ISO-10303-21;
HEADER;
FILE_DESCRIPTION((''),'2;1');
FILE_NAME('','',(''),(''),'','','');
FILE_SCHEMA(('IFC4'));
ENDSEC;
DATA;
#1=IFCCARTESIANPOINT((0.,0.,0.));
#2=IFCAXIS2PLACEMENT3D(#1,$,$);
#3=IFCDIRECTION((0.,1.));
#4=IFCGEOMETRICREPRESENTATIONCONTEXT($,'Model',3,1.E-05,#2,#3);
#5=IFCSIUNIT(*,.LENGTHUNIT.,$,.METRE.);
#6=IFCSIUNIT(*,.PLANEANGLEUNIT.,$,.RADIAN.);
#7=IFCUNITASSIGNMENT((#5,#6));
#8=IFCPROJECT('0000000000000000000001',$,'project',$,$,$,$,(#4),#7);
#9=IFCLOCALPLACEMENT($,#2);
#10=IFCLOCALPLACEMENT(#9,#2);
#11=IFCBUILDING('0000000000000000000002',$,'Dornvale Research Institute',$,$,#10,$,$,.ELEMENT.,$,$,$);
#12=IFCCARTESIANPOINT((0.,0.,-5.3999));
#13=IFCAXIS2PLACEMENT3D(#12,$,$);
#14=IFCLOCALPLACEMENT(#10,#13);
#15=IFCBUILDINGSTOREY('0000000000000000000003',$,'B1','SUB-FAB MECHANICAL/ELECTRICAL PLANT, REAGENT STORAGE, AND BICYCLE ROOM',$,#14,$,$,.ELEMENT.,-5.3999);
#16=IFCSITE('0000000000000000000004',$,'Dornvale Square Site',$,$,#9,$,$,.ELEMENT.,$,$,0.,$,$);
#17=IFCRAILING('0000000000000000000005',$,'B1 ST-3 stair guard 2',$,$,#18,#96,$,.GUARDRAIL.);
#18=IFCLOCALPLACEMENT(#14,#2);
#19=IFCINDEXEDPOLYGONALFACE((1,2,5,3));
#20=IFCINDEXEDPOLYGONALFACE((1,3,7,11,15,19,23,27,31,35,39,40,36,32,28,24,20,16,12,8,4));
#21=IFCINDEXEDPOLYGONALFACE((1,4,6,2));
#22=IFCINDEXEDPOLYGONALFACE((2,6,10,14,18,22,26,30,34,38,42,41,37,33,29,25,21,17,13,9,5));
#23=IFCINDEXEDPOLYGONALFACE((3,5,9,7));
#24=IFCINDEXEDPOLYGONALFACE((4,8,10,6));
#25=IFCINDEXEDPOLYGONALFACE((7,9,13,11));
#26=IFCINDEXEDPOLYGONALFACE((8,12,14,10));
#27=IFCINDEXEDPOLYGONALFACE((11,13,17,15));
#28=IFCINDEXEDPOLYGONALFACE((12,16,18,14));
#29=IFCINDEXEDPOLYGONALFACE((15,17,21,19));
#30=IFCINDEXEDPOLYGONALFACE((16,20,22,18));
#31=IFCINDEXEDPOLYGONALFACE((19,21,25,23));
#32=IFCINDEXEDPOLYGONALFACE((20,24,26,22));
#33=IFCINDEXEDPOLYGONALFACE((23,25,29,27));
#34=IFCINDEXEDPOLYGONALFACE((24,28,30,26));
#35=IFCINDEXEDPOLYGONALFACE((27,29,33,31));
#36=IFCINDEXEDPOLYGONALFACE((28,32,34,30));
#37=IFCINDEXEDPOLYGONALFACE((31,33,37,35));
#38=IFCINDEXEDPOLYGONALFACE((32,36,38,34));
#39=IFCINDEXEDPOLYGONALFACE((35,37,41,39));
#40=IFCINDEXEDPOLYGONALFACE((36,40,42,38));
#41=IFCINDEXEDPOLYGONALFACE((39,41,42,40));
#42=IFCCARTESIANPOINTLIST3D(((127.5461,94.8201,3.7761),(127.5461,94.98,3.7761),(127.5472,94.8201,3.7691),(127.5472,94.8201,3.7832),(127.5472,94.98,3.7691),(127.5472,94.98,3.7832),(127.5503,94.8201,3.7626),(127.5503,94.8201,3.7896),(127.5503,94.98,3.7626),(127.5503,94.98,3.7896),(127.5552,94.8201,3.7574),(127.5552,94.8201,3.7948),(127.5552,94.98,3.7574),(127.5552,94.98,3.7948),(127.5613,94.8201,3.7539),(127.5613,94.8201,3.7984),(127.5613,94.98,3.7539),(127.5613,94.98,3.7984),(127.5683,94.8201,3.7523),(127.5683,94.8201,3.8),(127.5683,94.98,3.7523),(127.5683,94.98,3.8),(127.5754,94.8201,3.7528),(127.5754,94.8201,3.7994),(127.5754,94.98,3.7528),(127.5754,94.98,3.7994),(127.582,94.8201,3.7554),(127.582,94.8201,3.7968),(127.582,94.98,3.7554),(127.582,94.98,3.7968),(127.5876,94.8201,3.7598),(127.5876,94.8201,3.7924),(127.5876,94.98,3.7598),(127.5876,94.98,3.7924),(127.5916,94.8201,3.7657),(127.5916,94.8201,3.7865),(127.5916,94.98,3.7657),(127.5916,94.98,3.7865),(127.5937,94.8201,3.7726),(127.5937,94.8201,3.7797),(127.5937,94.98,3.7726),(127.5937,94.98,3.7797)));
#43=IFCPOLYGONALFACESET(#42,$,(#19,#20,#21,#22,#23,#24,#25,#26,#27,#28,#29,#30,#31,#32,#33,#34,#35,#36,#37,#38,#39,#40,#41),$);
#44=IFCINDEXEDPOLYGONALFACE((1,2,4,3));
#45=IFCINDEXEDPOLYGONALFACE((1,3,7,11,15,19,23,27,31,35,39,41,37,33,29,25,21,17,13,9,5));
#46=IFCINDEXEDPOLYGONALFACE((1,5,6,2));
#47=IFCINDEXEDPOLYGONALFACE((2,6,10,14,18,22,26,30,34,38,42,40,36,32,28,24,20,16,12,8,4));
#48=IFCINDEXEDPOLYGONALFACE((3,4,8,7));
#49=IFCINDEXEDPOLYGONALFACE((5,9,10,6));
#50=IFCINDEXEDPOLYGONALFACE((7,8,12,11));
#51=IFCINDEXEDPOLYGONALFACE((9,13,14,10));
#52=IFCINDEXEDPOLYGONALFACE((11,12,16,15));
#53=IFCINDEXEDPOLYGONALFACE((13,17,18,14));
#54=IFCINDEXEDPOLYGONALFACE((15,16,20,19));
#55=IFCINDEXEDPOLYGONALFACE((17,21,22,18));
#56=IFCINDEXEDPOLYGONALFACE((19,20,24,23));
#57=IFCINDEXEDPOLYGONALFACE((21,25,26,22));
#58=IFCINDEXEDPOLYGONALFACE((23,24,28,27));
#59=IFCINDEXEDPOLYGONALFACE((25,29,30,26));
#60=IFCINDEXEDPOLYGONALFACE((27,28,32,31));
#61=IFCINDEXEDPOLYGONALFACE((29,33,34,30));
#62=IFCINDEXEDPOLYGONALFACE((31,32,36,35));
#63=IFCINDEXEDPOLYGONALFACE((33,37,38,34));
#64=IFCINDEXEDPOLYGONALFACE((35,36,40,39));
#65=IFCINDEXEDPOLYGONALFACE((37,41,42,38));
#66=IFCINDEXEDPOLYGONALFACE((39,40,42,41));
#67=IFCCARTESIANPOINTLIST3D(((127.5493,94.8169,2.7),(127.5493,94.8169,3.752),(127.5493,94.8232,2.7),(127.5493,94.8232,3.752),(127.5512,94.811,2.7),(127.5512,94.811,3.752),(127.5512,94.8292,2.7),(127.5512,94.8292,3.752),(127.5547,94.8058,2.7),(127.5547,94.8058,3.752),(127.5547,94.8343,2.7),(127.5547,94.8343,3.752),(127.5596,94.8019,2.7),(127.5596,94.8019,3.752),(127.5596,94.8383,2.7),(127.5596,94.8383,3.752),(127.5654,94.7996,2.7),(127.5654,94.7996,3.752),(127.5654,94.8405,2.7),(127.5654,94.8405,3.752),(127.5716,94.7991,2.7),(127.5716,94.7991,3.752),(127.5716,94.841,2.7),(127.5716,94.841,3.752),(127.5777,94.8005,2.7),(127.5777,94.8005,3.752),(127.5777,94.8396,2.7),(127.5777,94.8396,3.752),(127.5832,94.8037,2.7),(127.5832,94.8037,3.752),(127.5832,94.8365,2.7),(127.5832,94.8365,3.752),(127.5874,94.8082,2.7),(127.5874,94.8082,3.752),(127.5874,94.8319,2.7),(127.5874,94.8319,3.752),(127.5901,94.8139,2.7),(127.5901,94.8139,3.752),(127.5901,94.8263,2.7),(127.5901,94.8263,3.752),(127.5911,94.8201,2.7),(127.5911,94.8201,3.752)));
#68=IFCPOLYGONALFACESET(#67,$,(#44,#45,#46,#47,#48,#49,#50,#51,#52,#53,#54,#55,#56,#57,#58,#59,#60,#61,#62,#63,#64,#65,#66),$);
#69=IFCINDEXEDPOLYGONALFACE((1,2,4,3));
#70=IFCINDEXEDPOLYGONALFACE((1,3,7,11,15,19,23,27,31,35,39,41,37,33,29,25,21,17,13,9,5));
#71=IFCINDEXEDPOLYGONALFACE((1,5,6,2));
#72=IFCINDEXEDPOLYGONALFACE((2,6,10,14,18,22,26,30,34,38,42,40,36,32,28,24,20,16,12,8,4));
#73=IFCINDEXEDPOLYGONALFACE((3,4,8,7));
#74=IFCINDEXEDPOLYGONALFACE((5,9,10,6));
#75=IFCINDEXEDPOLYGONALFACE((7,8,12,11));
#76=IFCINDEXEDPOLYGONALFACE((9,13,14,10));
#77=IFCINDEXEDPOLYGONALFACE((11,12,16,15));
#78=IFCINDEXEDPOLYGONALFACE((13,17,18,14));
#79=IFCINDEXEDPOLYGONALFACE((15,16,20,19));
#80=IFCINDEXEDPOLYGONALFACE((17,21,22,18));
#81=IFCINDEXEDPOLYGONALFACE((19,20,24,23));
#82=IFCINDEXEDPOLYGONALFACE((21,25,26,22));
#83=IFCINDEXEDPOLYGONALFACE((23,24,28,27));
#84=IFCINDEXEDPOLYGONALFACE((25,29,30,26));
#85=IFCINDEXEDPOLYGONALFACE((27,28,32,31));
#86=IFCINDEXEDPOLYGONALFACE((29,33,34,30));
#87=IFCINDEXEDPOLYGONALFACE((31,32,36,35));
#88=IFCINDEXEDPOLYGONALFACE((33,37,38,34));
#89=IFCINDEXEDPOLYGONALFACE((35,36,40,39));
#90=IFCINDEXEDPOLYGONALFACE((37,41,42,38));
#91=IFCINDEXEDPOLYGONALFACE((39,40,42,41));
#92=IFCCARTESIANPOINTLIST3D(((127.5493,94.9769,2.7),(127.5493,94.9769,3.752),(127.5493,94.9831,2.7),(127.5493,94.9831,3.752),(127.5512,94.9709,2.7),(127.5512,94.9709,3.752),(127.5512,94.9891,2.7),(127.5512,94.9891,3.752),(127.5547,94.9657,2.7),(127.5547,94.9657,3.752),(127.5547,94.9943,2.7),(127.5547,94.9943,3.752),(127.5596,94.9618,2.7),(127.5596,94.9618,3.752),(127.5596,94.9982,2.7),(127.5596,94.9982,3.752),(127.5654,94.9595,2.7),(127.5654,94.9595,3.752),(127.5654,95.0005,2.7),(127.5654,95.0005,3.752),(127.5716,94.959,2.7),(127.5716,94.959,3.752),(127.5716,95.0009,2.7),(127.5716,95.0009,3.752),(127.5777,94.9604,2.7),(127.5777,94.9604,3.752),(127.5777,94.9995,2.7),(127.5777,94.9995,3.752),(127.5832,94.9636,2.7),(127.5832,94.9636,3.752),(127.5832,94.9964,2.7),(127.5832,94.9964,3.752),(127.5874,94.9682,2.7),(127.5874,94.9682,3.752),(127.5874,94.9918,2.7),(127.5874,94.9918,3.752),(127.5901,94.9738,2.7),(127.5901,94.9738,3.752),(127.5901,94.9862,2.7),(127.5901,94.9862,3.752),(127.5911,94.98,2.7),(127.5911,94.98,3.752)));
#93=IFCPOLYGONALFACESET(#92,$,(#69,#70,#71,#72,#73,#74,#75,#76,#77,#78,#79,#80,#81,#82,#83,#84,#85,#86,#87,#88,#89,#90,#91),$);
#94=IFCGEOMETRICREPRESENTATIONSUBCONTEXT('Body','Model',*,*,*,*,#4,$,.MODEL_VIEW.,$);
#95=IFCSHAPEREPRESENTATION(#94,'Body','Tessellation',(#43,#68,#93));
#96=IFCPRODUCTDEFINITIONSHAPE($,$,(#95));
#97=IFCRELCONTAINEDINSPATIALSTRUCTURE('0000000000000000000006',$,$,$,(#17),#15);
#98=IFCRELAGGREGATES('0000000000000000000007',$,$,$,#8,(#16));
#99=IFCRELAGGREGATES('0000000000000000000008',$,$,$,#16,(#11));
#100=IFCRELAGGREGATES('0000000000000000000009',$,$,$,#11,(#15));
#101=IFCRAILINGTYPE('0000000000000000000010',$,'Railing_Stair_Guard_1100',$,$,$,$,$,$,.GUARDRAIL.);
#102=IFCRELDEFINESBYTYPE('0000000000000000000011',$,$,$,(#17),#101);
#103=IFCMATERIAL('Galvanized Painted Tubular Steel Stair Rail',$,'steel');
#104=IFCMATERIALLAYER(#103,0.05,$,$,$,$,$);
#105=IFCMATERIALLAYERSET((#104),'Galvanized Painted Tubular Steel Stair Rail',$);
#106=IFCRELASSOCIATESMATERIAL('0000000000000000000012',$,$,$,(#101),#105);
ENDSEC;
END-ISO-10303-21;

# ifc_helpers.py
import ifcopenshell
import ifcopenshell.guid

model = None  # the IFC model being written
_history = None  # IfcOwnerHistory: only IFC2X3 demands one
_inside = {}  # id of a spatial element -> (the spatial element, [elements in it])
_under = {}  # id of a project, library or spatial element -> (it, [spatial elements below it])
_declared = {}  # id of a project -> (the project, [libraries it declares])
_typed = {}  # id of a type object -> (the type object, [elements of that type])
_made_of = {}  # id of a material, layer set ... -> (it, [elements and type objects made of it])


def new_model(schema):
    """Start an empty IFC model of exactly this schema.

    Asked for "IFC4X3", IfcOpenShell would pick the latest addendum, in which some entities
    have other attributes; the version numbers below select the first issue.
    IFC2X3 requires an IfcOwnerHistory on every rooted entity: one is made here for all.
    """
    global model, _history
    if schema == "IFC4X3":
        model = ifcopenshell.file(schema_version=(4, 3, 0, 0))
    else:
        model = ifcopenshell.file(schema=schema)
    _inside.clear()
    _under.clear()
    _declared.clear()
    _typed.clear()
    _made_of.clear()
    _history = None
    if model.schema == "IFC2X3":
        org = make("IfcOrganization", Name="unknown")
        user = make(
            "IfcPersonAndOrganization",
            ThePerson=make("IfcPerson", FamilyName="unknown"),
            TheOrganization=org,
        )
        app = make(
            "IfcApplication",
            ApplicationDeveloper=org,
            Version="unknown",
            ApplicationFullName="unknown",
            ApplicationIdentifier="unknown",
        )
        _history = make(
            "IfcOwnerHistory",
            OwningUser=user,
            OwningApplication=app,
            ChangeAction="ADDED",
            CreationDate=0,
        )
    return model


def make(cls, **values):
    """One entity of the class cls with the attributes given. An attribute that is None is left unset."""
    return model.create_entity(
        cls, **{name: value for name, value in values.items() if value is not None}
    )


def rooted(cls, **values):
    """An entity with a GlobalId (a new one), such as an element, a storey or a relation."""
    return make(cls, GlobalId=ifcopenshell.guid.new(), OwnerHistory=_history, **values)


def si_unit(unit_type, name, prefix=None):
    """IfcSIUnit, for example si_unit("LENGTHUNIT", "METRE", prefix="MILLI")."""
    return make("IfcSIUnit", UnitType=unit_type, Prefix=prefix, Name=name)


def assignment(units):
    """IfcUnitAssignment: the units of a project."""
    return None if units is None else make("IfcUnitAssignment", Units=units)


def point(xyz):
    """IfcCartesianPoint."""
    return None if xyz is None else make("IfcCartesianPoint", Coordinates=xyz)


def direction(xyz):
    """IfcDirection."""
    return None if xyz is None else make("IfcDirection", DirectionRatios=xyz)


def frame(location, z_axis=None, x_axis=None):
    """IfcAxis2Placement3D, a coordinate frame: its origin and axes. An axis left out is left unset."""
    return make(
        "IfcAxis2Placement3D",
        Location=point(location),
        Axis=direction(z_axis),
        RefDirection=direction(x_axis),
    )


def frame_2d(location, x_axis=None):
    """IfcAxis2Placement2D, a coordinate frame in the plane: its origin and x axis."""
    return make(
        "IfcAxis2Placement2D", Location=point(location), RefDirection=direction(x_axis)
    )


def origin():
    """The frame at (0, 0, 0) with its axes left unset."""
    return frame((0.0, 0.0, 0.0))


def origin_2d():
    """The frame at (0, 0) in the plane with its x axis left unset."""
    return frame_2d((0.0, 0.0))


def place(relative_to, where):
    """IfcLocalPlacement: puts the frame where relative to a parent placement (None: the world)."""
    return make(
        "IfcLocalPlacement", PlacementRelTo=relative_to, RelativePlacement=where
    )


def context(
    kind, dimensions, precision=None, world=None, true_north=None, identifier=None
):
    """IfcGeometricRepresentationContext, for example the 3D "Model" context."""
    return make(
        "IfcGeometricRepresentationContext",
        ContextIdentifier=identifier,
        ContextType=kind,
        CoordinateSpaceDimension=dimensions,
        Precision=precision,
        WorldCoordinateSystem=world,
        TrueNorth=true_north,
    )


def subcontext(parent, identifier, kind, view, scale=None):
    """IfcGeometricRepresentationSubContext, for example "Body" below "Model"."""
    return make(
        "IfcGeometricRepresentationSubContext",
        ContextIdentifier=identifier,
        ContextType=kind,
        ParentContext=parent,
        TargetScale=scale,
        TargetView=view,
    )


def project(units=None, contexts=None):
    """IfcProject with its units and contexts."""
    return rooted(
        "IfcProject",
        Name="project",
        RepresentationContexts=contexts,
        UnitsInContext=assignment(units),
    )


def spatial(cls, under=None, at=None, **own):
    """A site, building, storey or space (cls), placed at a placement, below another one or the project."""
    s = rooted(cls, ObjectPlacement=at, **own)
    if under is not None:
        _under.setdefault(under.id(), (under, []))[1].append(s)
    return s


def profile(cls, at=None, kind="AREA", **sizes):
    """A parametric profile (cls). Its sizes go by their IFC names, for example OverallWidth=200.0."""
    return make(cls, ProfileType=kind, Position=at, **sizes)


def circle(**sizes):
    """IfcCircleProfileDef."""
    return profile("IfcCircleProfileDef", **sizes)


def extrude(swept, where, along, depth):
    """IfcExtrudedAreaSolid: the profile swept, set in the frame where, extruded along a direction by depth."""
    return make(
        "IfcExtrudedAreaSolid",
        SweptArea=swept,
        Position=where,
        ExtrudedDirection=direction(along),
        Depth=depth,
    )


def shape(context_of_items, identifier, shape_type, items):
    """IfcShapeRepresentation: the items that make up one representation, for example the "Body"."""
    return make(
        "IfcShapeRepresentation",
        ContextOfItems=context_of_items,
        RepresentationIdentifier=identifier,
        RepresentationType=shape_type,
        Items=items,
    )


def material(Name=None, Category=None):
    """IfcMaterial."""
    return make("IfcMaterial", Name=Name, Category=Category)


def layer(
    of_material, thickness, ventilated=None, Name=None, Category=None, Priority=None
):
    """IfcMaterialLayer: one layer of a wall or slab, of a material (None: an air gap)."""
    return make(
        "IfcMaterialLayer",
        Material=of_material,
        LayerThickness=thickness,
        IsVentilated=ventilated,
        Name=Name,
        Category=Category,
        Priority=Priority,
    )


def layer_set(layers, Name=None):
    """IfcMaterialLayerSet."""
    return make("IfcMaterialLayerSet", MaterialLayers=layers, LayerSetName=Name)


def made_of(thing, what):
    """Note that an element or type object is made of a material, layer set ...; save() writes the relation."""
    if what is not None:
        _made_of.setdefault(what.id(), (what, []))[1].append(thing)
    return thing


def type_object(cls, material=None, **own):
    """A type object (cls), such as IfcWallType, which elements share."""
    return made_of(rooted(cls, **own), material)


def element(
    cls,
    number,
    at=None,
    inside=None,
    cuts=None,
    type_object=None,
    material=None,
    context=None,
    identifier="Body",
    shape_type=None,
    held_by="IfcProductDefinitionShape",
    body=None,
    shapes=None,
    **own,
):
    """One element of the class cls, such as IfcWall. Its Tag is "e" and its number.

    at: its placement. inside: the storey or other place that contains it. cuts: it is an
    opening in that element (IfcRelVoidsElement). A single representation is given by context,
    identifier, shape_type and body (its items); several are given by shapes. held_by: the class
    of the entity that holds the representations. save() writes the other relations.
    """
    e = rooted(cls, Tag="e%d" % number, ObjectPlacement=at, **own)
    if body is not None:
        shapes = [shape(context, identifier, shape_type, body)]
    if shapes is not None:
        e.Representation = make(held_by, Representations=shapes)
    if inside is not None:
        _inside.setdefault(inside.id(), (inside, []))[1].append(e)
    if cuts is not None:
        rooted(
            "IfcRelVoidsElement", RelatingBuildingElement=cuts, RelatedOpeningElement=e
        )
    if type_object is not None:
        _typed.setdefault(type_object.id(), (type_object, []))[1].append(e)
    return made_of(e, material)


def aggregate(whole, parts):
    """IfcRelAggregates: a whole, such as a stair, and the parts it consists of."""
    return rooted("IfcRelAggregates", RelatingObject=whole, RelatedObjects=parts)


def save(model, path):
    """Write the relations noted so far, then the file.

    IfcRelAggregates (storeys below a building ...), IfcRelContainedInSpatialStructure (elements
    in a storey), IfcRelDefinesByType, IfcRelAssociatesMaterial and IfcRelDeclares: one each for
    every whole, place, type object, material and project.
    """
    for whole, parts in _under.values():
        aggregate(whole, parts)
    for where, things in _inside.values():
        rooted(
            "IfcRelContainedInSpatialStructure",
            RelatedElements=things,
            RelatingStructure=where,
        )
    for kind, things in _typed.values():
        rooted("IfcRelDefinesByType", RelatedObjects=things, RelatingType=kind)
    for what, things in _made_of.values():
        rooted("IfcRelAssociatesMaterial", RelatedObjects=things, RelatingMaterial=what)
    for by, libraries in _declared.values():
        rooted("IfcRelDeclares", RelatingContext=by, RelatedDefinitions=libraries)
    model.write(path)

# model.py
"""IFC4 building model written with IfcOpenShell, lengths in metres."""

from ifc_helpers import new_model, si_unit, direction, frame, origin, origin_2d, place, context, subcontext, project, spatial, circle, extrude, material, layer, layer_set, type_object, element, save


model = new_model("IFC4")

# Units and contexts
model_context = context("Model", 3, precision=1e-05, world=origin(), true_north=direction((0.0, 1.0)))
body_context = subcontext(model_context, "Body", "Model", "MODEL_VIEW")
ifc_project = project(units=[si_unit("LENGTHUNIT", "METRE"), si_unit("PLANEANGLEUNIT", "RADIAN")], contexts=[model_context])

# Site, building, storey
site_placement = place(None, origin())
site = spatial("IfcSite", under=ifc_project, at=site_placement, Name="Dornvale Square Site", CompositionType="ELEMENT", RefElevation=0.0)
building_placement = place(site_placement, origin())
building = spatial("IfcBuilding", under=site, at=building_placement, Name="Dornvale Research Institute", CompositionType="ELEMENT")
storey_placement = place(building_placement, frame((0.0, 0.0, -5.3999)))
storey = spatial("IfcBuildingStorey", under=building, at=storey_placement, Name="B1", Description="SUB-FAB MECHANICAL/ELECTRICAL PLANT, REAGENT STORAGE, AND BICYCLE ROOM", CompositionType="ELEMENT", Elevation=-5.3999)

# Railing
ifc_material_1 = material(Name="Galvanized Painted Tubular Steel Stair Rail", Category="steel")
ifc_layer_1 = layer(ifc_material_1, 0.05)
ifc_layer_set_1 = layer_set([ifc_layer_1], Name="Galvanized Painted Tubular Steel Stair Rail")
railing_type_1 = type_object("IfcRailingType", Name="Railing_Stair_Guard_1100", PredefinedType="GUARDRAIL", material=ifc_layer_set_1)
railing_1_placement = place(storey_placement, frame((127.5701, 94.8201, 2.7)))
element("IfcRailing", 1, at=railing_1_placement, inside=storey, type_object=railing_type_1, Name="B1 ST-3 stair guard 2", PredefinedType="GUARDRAIL", context=body_context, shape_type="SweptSolid", body=[
    extrude(circle(Radius=0.0239, at=origin_2d()), frame((0.0, 0.0, 1.0762), z_axis=(0.0, 1.0, 0.0), x_axis=(-1.0, 0.0, 0.0)), (0.0, 0.0, 1.0), 0.1599),
    extrude(circle(Radius=0.021, at=origin_2d()), origin(), (0.0, 0.0, 1.0), 1.052),
    extrude(circle(Radius=0.021, at=origin_2d()), frame((0.0, 0.1599, 0.0)), (0.0, 0.0, 1.0), 1.052),
])

save(model, "model.ifc")
